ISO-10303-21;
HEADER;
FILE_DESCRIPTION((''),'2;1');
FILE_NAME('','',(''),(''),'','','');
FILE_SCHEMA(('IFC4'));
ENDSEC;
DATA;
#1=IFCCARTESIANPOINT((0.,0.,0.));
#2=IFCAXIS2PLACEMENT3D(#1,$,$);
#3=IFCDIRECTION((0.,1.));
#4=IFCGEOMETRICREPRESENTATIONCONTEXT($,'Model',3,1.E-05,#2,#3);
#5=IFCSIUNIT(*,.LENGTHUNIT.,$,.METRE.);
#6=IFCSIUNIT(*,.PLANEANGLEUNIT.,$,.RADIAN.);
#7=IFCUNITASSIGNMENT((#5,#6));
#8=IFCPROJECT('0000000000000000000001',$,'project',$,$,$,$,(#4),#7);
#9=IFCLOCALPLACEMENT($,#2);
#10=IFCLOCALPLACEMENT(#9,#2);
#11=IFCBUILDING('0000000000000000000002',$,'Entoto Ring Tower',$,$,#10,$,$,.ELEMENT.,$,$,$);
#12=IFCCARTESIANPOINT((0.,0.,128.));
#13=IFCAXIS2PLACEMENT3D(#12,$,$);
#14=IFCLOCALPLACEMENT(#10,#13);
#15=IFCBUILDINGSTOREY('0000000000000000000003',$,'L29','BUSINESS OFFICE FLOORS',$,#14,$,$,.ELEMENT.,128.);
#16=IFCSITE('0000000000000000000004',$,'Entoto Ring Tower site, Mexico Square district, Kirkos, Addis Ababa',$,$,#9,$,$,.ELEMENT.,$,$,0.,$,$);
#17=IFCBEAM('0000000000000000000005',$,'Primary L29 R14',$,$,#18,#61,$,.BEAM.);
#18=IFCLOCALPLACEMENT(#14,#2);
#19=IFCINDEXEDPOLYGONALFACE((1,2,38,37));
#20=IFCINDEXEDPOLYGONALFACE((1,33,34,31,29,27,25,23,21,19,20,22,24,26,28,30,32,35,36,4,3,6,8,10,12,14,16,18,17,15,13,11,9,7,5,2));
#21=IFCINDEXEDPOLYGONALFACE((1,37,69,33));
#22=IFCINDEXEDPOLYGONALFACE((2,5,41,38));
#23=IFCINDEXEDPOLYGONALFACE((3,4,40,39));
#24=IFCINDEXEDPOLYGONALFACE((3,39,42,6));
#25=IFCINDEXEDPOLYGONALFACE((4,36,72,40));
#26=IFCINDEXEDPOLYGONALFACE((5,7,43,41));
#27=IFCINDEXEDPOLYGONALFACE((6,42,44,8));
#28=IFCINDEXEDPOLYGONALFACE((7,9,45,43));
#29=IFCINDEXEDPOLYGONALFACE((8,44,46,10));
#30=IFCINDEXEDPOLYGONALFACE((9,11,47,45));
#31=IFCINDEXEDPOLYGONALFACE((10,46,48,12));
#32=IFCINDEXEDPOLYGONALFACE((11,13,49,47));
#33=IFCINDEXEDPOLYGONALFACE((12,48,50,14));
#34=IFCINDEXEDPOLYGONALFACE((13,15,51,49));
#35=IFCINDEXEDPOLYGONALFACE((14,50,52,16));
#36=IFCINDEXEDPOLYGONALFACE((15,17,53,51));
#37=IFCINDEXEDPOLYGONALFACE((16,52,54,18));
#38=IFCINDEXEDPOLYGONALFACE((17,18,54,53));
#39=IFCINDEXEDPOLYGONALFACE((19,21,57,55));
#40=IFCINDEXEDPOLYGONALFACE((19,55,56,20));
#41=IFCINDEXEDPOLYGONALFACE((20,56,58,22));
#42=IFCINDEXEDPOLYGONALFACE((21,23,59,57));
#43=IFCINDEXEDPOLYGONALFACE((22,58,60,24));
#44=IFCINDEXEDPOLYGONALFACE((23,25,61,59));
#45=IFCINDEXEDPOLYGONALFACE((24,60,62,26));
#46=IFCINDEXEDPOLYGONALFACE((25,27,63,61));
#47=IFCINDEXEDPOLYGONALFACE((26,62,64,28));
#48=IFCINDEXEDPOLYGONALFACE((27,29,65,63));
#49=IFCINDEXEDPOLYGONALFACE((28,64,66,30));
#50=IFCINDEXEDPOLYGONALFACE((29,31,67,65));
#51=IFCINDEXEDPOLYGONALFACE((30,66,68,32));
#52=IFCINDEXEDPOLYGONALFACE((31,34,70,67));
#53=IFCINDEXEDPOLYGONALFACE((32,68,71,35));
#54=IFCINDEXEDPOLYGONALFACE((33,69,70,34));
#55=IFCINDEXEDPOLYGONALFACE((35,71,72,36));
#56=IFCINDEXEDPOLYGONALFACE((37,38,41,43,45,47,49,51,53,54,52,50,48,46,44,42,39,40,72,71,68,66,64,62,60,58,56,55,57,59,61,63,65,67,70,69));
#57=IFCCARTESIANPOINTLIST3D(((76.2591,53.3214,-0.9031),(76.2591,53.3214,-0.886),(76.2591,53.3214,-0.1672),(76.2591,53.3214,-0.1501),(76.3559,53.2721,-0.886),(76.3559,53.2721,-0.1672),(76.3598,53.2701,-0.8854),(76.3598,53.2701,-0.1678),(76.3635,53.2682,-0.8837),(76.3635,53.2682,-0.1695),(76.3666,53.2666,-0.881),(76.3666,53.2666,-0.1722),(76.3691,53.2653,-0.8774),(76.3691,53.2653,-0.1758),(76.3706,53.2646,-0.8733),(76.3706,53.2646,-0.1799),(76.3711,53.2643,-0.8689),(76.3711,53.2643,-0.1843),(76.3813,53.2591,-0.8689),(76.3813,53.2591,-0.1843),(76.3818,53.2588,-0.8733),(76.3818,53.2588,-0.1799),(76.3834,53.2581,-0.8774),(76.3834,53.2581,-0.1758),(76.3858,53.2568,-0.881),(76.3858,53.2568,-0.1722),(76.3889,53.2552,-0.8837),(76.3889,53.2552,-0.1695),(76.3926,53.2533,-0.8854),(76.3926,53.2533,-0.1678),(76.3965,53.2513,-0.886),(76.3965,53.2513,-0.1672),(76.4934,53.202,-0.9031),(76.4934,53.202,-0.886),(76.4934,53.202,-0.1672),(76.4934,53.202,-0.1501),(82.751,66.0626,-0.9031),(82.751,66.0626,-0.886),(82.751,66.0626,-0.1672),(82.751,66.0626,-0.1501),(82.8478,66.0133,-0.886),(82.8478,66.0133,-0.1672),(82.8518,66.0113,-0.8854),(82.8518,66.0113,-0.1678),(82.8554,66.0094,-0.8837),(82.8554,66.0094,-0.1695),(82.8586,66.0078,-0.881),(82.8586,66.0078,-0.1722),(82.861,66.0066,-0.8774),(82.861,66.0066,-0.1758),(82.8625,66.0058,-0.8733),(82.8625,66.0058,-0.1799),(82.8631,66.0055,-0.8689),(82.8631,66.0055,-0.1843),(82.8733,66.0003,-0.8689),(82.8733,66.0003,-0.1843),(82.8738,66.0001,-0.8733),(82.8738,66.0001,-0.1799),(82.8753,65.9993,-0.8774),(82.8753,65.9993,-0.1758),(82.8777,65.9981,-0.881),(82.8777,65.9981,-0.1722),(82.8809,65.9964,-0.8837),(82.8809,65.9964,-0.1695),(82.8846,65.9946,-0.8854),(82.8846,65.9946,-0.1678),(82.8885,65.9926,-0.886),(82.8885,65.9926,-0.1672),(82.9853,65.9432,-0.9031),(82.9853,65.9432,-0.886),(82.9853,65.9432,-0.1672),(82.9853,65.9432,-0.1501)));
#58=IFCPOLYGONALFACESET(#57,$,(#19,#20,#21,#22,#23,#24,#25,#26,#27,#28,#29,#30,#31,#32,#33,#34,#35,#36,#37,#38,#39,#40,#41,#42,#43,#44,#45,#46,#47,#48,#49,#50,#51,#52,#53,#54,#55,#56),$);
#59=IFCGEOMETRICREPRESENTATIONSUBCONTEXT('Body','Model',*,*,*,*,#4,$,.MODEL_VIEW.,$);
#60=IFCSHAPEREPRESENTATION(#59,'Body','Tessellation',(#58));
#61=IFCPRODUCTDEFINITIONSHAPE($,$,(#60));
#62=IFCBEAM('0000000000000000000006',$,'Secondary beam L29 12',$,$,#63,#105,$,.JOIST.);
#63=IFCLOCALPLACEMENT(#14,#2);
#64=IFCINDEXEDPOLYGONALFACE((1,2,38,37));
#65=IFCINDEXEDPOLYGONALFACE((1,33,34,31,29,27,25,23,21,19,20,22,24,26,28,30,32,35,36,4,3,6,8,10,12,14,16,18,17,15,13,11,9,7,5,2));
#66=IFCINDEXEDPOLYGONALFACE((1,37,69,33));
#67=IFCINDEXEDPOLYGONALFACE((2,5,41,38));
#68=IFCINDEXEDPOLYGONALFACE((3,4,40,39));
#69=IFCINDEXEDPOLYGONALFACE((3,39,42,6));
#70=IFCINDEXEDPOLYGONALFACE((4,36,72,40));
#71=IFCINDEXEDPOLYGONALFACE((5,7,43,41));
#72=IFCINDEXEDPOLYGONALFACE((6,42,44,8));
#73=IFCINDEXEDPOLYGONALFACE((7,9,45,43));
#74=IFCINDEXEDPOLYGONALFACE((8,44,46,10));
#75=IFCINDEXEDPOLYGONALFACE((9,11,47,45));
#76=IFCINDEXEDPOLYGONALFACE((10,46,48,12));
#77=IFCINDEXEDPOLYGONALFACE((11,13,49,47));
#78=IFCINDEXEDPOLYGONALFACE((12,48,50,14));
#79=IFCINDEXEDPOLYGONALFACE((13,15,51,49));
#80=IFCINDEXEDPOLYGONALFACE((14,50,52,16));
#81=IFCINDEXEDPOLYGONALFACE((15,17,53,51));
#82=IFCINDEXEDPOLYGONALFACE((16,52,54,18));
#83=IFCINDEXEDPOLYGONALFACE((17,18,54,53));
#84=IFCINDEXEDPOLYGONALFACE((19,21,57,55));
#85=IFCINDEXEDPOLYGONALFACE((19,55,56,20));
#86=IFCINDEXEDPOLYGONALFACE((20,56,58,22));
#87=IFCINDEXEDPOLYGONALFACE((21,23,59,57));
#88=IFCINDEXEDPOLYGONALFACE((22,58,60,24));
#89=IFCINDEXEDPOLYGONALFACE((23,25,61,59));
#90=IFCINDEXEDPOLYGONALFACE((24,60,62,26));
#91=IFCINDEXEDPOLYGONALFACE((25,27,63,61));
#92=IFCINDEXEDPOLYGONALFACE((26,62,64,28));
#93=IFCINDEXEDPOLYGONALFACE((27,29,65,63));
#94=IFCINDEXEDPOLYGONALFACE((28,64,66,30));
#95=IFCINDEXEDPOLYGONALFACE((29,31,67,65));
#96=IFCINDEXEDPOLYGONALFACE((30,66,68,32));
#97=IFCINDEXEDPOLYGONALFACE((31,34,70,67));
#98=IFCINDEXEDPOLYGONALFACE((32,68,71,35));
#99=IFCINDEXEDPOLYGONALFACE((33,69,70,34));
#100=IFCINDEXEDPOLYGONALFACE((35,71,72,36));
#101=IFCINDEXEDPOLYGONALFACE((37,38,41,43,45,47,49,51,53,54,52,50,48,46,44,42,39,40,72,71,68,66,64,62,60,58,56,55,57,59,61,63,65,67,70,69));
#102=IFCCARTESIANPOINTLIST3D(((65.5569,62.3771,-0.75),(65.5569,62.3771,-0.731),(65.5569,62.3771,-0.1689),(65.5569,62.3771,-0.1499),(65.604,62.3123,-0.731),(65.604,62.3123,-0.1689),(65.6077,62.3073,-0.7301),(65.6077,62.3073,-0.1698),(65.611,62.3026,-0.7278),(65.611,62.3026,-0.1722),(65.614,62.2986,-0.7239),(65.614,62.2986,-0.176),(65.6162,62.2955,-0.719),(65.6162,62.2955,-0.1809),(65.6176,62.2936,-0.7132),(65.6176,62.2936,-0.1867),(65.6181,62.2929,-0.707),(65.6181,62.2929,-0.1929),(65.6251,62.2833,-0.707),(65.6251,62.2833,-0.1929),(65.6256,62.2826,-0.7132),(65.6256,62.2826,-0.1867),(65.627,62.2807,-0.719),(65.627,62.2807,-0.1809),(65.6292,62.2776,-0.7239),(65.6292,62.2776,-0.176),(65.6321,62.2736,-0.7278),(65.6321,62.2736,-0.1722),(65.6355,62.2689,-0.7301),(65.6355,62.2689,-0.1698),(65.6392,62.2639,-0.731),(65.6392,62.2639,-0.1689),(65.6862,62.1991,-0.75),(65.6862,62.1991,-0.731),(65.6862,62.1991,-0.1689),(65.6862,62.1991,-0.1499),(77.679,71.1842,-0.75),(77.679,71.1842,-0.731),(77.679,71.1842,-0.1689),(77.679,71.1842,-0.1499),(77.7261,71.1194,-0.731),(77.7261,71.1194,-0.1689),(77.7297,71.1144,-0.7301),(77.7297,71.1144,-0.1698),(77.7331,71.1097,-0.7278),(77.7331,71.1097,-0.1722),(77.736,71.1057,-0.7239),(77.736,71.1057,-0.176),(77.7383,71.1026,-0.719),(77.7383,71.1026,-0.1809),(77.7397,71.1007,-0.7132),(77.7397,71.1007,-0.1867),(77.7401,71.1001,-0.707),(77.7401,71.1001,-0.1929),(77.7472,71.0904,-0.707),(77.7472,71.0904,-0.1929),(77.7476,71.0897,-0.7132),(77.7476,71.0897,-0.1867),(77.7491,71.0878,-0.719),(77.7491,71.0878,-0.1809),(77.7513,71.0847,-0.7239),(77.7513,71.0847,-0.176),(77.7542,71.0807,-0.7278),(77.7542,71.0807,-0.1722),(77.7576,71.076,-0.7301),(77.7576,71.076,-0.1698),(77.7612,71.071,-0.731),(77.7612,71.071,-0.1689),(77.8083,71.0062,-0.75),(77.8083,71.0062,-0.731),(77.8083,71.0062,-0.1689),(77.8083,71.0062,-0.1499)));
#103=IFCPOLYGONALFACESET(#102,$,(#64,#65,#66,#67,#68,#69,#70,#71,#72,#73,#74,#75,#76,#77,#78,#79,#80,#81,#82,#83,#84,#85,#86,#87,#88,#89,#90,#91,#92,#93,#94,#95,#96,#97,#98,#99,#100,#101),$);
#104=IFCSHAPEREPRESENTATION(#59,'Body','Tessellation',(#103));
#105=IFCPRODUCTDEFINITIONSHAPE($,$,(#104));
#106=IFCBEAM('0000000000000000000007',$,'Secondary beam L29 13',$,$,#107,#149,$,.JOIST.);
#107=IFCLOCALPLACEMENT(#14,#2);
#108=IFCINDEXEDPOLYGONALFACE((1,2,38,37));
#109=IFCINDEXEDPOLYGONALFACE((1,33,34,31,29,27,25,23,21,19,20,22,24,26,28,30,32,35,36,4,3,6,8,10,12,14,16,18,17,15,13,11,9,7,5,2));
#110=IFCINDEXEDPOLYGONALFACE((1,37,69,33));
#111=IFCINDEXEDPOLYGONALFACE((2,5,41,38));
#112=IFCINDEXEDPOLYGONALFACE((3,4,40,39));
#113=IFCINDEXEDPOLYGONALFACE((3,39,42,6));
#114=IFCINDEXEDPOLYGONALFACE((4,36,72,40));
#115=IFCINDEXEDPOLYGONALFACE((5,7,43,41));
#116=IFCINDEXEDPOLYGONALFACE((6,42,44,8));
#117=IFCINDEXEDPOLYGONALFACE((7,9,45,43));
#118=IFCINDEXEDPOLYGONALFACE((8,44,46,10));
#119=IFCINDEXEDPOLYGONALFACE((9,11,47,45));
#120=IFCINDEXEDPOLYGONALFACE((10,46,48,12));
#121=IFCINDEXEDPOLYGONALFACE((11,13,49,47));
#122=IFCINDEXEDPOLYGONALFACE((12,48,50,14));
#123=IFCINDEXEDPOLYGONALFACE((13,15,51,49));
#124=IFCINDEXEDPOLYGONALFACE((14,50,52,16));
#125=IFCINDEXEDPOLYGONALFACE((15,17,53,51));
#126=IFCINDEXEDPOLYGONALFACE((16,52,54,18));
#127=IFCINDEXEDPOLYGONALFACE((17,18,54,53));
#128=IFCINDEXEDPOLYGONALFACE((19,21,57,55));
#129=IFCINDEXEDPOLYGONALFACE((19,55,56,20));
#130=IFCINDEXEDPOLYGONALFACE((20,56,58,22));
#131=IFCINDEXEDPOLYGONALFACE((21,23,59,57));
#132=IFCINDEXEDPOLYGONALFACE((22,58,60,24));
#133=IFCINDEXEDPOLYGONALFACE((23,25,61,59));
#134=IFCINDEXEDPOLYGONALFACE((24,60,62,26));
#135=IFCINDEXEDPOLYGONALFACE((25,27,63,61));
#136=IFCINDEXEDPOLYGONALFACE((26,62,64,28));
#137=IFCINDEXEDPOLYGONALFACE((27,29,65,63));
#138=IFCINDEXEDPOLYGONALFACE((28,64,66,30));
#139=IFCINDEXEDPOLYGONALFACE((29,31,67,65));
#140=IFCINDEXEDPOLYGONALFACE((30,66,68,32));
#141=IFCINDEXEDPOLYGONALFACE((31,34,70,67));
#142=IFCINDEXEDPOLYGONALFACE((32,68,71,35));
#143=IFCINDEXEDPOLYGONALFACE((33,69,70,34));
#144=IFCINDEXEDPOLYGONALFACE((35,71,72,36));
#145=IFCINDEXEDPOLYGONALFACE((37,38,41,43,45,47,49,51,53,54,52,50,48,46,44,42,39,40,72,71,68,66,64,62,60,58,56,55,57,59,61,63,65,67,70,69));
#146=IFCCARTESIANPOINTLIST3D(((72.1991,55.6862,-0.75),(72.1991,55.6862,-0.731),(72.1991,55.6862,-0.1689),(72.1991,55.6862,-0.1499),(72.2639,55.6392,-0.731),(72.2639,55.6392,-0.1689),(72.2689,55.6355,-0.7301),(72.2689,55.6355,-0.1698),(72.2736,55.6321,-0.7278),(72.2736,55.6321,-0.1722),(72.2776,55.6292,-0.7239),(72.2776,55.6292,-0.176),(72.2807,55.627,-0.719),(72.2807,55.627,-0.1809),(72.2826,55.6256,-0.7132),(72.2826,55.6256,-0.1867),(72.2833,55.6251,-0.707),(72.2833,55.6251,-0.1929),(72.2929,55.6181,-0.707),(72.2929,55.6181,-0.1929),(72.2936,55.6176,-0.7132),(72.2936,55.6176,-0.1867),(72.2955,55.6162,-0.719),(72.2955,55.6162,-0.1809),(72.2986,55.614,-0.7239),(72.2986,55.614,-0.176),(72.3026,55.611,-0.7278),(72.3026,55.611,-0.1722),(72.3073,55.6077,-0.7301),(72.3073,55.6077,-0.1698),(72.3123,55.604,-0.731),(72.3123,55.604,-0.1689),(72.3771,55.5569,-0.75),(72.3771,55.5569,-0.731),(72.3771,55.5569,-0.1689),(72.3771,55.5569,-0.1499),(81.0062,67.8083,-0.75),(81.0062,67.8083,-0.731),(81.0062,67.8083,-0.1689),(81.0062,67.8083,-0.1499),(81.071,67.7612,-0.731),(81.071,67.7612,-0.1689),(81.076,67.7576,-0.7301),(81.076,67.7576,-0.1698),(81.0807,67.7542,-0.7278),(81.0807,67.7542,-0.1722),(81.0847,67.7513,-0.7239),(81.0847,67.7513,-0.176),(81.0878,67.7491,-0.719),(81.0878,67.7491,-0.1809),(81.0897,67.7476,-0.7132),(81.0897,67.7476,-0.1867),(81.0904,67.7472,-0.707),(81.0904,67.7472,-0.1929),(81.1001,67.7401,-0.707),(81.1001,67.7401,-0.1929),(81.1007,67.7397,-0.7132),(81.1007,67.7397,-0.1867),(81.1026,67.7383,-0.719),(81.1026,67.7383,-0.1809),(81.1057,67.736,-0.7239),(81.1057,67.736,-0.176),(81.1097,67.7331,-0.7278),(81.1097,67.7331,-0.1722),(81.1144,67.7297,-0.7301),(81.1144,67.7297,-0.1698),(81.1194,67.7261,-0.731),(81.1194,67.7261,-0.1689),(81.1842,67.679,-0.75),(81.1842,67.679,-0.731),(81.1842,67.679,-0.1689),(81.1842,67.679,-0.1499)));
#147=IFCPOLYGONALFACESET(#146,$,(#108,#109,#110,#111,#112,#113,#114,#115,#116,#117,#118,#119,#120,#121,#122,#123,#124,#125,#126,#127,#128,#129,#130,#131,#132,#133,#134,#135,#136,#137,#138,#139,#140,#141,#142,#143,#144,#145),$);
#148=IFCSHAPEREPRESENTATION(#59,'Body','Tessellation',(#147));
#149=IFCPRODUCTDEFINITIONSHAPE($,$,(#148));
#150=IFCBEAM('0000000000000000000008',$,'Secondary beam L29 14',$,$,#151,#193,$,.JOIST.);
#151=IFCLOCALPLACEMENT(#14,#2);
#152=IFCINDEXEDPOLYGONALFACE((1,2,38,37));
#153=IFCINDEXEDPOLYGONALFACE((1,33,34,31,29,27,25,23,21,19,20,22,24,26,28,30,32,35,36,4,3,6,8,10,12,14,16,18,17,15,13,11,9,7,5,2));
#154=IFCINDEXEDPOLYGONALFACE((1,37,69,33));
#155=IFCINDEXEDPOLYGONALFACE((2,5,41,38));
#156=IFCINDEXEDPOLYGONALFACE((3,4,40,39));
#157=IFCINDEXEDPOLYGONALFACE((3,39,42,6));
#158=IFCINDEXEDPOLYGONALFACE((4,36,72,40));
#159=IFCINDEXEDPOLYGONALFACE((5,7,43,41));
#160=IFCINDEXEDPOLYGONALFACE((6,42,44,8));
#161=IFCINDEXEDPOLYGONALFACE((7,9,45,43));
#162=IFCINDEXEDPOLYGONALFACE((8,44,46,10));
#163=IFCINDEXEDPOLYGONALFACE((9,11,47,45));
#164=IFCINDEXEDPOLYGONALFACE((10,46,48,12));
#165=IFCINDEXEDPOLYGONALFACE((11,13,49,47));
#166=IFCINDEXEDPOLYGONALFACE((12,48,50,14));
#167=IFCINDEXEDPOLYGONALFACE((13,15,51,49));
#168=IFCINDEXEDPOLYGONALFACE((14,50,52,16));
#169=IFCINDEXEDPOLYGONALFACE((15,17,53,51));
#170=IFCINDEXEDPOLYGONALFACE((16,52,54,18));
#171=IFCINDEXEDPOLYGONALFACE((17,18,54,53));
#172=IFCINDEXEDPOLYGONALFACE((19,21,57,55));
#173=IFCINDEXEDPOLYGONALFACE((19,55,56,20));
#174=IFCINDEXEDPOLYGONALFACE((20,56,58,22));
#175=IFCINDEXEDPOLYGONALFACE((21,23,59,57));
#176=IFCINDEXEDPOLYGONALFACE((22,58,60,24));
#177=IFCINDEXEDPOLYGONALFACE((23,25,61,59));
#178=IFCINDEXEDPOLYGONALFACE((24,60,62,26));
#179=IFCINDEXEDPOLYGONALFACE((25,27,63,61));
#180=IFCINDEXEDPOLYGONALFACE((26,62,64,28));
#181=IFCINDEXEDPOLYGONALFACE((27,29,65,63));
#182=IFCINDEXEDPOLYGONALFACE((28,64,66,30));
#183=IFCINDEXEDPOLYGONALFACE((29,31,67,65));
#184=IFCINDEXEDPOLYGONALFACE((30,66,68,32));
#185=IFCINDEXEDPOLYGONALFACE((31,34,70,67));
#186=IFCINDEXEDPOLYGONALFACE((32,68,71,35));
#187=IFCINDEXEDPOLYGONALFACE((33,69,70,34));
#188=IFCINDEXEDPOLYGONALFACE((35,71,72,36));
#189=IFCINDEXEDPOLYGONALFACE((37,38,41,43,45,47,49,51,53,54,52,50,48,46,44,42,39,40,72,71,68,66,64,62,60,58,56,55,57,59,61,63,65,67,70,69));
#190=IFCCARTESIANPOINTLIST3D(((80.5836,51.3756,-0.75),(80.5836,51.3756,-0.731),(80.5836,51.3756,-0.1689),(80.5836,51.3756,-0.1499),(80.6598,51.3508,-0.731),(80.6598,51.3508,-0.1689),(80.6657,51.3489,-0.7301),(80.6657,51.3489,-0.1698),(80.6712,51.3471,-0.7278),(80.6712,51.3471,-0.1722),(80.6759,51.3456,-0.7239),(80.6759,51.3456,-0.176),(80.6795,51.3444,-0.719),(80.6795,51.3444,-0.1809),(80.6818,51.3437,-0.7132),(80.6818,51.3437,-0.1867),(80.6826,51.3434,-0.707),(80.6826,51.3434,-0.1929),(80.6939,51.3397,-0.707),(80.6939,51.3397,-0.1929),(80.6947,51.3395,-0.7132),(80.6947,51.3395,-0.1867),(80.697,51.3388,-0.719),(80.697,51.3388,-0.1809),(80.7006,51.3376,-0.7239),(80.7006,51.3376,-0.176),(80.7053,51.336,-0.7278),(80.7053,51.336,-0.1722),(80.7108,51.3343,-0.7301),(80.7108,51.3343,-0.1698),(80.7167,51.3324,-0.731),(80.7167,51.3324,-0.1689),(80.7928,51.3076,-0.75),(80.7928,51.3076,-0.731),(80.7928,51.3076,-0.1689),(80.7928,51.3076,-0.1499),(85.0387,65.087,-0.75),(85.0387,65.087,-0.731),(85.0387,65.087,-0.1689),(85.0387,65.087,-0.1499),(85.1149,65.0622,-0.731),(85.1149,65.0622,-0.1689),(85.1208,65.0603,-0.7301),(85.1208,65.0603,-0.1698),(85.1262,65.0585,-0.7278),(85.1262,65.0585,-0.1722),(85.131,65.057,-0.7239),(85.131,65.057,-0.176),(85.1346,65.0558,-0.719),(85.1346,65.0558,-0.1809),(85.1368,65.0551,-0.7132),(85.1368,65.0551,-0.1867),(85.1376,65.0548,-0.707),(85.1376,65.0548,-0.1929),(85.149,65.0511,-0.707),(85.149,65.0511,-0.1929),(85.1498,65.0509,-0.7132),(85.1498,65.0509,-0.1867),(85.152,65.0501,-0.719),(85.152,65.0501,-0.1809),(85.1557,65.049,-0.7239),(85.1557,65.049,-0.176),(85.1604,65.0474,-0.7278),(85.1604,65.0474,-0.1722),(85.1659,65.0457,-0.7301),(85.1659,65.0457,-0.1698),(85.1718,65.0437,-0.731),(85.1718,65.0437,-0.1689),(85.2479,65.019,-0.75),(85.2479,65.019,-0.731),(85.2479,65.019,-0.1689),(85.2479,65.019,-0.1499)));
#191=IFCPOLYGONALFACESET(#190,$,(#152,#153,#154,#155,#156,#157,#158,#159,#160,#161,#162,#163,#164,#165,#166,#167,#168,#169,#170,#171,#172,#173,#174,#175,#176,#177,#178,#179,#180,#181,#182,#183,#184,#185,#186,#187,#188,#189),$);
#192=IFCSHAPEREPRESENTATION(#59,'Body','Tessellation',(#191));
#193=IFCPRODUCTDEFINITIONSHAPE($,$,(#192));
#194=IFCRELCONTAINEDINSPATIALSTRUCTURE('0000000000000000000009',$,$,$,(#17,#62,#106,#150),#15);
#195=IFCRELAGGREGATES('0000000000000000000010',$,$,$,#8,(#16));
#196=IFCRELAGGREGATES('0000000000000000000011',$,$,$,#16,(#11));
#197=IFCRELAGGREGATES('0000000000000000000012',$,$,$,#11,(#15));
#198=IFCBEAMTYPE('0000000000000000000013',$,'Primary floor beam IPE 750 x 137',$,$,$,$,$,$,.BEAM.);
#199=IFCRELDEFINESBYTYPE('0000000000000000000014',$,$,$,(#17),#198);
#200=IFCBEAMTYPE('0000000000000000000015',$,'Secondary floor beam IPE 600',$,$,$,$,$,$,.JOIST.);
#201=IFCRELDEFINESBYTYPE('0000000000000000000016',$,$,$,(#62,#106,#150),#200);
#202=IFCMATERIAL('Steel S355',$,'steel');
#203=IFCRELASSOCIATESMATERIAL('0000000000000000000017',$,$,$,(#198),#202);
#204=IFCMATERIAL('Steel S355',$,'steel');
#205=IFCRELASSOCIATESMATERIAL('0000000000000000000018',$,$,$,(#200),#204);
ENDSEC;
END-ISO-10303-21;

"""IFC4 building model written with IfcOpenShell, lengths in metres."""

from ifc_helpers import new_model, si_unit, direction, frame, origin, origin_2d, place, context, subcontext, project, spatial, i_section, extrude, material, material_profile, profile_set, type_object, element, save


model = new_model("IFC4")

# Units and contexts
model_context = context("Model", 3, precision=1e-05, world=origin(), true_north=direction((0.0, 1.0)))
body_context = subcontext(model_context, "Body", "Model", "MODEL_VIEW")
ifc_project = project(units=[si_unit("LENGTHUNIT", "METRE"), si_unit("PLANEANGLEUNIT", "RADIAN")], contexts=[model_context])

# Site, building, storey
site_placement = place(None, origin())
site = spatial("IfcSite", under=ifc_project, at=site_placement, Name="Entoto Ring Tower site, Mexico Square district, Kirkos, Addis Ababa", CompositionType="ELEMENT", RefElevation=0.0)
building_placement = place(site_placement, origin())
building = spatial("IfcBuilding", under=site, at=building_placement, Name="Entoto Ring Tower", CompositionType="ELEMENT")
storey_placement = place(building_placement, frame((0.0, 0.0, 128.0)))
storey = spatial("IfcBuildingStorey", under=building, at=storey_placement, Name="L29", Description="BUSINESS OFFICE FLOORS", CompositionType="ELEMENT", Elevation=128.0)

# Beams
ifc_material_1 = material(Name="Steel S355", Category="steel")
ifc_material_profile_1 = material_profile(ifc_material_1, i_section(OverallWidth=0.2629, OverallDepth=0.7529, WebThickness=0.0115, FlangeThickness=0.0171, FilletRadius=0.0171, at=origin_2d()), Name="IPE 750 x 137")
ifc_profile_set_1 = profile_set([ifc_material_profile_1], Name="Steel S355")
beam_type_1 = type_object("IfcBeamType", Name="Primary floor beam IPE 750 x 137", PredefinedType="BEAM", material=ifc_profile_set_1)
beam_1_placement = place(storey_placement, frame((82.8682, 66.0029, -0.5266), z_axis=(-0.453989, -0.891007, 0.0), x_axis=(0.891007, -0.453989, 0.0)))
element("IfcBeam", 1, at=beam_1_placement, inside=storey, type_object=beam_type_1, Name="Primary L29 R14", PredefinedType="BEAM", context=body_context, shape_type="SweptSolid", body=[
    extrude(i_section(OverallWidth=0.2629, OverallDepth=0.7529, WebThickness=0.0115, FlangeThickness=0.0171, FilletRadius=0.0171, at=origin_2d()), origin(), (0.0, 0.0, 1.0), 14.2998),
])
ifc_material_2 = material(Name="Steel S355", Category="steel")
ifc_material_profile_2 = material_profile(ifc_material_2, i_section(OverallWidth=0.22, OverallDepth=0.6001, WebThickness=0.012, FlangeThickness=0.019, FilletRadius=0.0239, at=origin_2d()), Name="IPE 600")
ifc_profile_set_2 = profile_set([ifc_material_profile_2], Name="Steel S355")
beam_type_2 = type_object("IfcBeamType", Name="Secondary floor beam IPE 600", PredefinedType="JOIST", material=ifc_profile_set_2)
for number, where, z_axis, x_axis, name in (
    (2, (77.7437, 71.0952, -0.45), (-0.809019, -0.587782, 0.0), (0.587782, -0.809019, 0.0), "Secondary beam L29 12"),
    (3, (81.0952, 67.7437, -0.45), (-0.587782, -0.809019, 0.0), (0.809019, -0.587782, 0.0), "Secondary beam L29 13"),
):
    element("IfcBeam", number, at=place(storey_placement, frame(where, z_axis=z_axis, x_axis=x_axis)), inside=storey, type_object=beam_type_2, Name=name, PredefinedType="JOIST", context=body_context, shape_type="SweptSolid", body=[
        extrude(i_section(OverallWidth=0.22, OverallDepth=0.6001, WebThickness=0.012, FlangeThickness=0.019, FilletRadius=0.0239, at=origin_2d()), origin(), (0.0, 0.0, 1.0), 14.9836),
    ])
beam_2_placement = place(storey_placement, frame((85.1433, 65.053, -0.45), z_axis=(-0.309015, -0.951057, 0.0), x_axis=(0.951057, -0.309015, 0.0)))
element("IfcBeam", 4, at=beam_2_placement, inside=storey, type_object=beam_type_2, Name="Secondary beam L29 14", PredefinedType="JOIST", context=body_context, shape_type="SweptSolid", body=[
    extrude(i_section(OverallWidth=0.22, OverallDepth=0.6001, WebThickness=0.012, FlangeThickness=0.019, FilletRadius=0.0239, at=origin_2d()), origin(), (0.0, 0.0, 1.0), 14.417),
])

save(model, "model.ifc")
